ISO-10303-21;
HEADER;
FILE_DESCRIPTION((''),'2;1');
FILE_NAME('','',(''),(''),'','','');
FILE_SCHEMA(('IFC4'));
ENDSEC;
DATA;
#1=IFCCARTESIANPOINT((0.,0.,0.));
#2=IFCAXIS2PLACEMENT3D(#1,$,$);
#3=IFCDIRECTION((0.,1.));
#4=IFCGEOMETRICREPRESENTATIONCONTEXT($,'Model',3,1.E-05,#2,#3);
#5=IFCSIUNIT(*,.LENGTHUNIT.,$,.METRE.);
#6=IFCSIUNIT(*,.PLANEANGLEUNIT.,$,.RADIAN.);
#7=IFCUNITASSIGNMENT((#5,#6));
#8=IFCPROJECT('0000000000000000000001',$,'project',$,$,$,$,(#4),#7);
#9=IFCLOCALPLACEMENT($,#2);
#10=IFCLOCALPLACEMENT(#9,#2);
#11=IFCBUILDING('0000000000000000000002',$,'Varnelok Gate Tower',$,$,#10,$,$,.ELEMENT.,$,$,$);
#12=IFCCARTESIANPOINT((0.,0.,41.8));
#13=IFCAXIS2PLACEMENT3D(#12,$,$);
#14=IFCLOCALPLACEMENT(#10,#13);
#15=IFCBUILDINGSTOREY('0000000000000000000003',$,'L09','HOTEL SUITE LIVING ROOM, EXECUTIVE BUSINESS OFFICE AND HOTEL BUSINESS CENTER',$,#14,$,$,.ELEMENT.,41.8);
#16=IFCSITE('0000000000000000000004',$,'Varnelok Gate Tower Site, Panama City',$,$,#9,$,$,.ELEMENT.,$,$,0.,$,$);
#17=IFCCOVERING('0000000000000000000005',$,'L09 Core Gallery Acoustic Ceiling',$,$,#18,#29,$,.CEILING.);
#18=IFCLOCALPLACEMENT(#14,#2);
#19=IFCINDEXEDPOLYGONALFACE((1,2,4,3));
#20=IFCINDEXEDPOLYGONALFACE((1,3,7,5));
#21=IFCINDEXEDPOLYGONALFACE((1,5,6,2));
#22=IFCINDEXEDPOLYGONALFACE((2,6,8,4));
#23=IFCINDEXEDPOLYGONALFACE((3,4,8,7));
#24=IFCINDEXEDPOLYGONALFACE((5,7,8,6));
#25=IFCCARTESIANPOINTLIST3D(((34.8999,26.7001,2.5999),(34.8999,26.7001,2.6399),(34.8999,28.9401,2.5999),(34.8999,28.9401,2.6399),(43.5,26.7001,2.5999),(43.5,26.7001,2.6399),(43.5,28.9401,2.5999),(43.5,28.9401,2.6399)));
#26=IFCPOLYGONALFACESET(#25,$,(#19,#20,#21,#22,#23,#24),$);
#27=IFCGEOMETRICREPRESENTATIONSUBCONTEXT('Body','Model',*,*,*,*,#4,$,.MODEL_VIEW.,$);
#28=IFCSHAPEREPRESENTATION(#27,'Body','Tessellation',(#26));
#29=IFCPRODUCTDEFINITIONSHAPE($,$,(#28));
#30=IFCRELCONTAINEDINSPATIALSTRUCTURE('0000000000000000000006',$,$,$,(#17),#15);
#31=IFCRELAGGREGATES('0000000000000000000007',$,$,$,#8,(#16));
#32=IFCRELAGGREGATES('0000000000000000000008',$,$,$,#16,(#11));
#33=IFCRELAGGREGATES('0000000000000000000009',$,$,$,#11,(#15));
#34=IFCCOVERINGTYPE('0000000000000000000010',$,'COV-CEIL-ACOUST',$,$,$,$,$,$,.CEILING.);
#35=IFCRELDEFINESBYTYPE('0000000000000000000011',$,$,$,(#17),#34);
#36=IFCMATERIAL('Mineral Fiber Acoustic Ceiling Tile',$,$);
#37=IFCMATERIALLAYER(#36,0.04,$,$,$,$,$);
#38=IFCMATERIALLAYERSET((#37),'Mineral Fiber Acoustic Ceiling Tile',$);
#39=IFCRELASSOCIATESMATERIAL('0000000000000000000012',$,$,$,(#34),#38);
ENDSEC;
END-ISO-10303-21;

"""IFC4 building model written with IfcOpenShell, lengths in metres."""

from ifc_helpers import new_model, si_unit, direction, frame, origin, origin_2d, place, context, subcontext, project, spatial, rectangle, extrude, source, transform, mapped, material, layer, layer_set, type_object, element, save


model = new_model("IFC4")

# Units and contexts
model_context = context("Model", 3, precision=1e-05, world=origin(), true_north=direction((0.0, 1.0)))
body_context = subcontext(model_context, "Body", "Model", "MODEL_VIEW")
ifc_project = project(units=[si_unit("LENGTHUNIT", "METRE"), si_unit("PLANEANGLEUNIT", "RADIAN")], contexts=[model_context])

# Site, building, storey
site_placement = place(None, origin())
site = spatial("IfcSite", under=ifc_project, at=site_placement, Name="Varnelok Gate Tower Site, Panama City", CompositionType="ELEMENT", RefElevation=0.0)
building_placement = place(site_placement, origin())
building = spatial("IfcBuilding", under=site, at=building_placement, Name="Varnelok Gate Tower", CompositionType="ELEMENT")
storey_placement = place(building_placement, frame((0.0, 0.0, 41.8)))
storey = spatial("IfcBuildingStorey", under=building, at=storey_placement, Name="L09", Description="HOTEL SUITE LIVING ROOM, EXECUTIVE BUSINESS OFFICE AND HOTEL BUSINESS CENTER", CompositionType="ELEMENT", Elevation=41.8)

# Covering
ifc_material_1 = material(Name="Mineral Fiber Acoustic Ceiling Tile")
ifc_layer_1 = layer(ifc_material_1, 0.04)
ifc_layer_set_1 = layer_set([ifc_layer_1], Name="Mineral Fiber Acoustic Ceiling Tile")
covering_type_1 = type_object("IfcCoveringType", Name="COV-CEIL-ACOUST", PredefinedType="CEILING", material=ifc_layer_set_1)
shared_shape_1 = source(origin(), body_context, "Body", "SweptSolid", [
    extrude(rectangle(XDim=8.6001, YDim=2.24, at=origin_2d()), origin(), (0.0, 0.0, 1.0), 0.04),
])
covering_1_placement = place(storey_placement, frame((39.2, 27.8201, 2.5999), z_axis=(0.0, 0.0, 1.0), x_axis=(1.0, 0.0, 0.0)))
element("IfcCovering", 1, at=covering_1_placement, inside=storey, type_object=covering_type_1, Name="L09 Core Gallery Acoustic Ceiling", PredefinedType="CEILING", context=body_context, shape_type="MappedRepresentation", body=[
    mapped(shared_shape_1, transform((0.0, 0.0, 0.0), scale=1.0)),
])

save(model, "model.ifc")
